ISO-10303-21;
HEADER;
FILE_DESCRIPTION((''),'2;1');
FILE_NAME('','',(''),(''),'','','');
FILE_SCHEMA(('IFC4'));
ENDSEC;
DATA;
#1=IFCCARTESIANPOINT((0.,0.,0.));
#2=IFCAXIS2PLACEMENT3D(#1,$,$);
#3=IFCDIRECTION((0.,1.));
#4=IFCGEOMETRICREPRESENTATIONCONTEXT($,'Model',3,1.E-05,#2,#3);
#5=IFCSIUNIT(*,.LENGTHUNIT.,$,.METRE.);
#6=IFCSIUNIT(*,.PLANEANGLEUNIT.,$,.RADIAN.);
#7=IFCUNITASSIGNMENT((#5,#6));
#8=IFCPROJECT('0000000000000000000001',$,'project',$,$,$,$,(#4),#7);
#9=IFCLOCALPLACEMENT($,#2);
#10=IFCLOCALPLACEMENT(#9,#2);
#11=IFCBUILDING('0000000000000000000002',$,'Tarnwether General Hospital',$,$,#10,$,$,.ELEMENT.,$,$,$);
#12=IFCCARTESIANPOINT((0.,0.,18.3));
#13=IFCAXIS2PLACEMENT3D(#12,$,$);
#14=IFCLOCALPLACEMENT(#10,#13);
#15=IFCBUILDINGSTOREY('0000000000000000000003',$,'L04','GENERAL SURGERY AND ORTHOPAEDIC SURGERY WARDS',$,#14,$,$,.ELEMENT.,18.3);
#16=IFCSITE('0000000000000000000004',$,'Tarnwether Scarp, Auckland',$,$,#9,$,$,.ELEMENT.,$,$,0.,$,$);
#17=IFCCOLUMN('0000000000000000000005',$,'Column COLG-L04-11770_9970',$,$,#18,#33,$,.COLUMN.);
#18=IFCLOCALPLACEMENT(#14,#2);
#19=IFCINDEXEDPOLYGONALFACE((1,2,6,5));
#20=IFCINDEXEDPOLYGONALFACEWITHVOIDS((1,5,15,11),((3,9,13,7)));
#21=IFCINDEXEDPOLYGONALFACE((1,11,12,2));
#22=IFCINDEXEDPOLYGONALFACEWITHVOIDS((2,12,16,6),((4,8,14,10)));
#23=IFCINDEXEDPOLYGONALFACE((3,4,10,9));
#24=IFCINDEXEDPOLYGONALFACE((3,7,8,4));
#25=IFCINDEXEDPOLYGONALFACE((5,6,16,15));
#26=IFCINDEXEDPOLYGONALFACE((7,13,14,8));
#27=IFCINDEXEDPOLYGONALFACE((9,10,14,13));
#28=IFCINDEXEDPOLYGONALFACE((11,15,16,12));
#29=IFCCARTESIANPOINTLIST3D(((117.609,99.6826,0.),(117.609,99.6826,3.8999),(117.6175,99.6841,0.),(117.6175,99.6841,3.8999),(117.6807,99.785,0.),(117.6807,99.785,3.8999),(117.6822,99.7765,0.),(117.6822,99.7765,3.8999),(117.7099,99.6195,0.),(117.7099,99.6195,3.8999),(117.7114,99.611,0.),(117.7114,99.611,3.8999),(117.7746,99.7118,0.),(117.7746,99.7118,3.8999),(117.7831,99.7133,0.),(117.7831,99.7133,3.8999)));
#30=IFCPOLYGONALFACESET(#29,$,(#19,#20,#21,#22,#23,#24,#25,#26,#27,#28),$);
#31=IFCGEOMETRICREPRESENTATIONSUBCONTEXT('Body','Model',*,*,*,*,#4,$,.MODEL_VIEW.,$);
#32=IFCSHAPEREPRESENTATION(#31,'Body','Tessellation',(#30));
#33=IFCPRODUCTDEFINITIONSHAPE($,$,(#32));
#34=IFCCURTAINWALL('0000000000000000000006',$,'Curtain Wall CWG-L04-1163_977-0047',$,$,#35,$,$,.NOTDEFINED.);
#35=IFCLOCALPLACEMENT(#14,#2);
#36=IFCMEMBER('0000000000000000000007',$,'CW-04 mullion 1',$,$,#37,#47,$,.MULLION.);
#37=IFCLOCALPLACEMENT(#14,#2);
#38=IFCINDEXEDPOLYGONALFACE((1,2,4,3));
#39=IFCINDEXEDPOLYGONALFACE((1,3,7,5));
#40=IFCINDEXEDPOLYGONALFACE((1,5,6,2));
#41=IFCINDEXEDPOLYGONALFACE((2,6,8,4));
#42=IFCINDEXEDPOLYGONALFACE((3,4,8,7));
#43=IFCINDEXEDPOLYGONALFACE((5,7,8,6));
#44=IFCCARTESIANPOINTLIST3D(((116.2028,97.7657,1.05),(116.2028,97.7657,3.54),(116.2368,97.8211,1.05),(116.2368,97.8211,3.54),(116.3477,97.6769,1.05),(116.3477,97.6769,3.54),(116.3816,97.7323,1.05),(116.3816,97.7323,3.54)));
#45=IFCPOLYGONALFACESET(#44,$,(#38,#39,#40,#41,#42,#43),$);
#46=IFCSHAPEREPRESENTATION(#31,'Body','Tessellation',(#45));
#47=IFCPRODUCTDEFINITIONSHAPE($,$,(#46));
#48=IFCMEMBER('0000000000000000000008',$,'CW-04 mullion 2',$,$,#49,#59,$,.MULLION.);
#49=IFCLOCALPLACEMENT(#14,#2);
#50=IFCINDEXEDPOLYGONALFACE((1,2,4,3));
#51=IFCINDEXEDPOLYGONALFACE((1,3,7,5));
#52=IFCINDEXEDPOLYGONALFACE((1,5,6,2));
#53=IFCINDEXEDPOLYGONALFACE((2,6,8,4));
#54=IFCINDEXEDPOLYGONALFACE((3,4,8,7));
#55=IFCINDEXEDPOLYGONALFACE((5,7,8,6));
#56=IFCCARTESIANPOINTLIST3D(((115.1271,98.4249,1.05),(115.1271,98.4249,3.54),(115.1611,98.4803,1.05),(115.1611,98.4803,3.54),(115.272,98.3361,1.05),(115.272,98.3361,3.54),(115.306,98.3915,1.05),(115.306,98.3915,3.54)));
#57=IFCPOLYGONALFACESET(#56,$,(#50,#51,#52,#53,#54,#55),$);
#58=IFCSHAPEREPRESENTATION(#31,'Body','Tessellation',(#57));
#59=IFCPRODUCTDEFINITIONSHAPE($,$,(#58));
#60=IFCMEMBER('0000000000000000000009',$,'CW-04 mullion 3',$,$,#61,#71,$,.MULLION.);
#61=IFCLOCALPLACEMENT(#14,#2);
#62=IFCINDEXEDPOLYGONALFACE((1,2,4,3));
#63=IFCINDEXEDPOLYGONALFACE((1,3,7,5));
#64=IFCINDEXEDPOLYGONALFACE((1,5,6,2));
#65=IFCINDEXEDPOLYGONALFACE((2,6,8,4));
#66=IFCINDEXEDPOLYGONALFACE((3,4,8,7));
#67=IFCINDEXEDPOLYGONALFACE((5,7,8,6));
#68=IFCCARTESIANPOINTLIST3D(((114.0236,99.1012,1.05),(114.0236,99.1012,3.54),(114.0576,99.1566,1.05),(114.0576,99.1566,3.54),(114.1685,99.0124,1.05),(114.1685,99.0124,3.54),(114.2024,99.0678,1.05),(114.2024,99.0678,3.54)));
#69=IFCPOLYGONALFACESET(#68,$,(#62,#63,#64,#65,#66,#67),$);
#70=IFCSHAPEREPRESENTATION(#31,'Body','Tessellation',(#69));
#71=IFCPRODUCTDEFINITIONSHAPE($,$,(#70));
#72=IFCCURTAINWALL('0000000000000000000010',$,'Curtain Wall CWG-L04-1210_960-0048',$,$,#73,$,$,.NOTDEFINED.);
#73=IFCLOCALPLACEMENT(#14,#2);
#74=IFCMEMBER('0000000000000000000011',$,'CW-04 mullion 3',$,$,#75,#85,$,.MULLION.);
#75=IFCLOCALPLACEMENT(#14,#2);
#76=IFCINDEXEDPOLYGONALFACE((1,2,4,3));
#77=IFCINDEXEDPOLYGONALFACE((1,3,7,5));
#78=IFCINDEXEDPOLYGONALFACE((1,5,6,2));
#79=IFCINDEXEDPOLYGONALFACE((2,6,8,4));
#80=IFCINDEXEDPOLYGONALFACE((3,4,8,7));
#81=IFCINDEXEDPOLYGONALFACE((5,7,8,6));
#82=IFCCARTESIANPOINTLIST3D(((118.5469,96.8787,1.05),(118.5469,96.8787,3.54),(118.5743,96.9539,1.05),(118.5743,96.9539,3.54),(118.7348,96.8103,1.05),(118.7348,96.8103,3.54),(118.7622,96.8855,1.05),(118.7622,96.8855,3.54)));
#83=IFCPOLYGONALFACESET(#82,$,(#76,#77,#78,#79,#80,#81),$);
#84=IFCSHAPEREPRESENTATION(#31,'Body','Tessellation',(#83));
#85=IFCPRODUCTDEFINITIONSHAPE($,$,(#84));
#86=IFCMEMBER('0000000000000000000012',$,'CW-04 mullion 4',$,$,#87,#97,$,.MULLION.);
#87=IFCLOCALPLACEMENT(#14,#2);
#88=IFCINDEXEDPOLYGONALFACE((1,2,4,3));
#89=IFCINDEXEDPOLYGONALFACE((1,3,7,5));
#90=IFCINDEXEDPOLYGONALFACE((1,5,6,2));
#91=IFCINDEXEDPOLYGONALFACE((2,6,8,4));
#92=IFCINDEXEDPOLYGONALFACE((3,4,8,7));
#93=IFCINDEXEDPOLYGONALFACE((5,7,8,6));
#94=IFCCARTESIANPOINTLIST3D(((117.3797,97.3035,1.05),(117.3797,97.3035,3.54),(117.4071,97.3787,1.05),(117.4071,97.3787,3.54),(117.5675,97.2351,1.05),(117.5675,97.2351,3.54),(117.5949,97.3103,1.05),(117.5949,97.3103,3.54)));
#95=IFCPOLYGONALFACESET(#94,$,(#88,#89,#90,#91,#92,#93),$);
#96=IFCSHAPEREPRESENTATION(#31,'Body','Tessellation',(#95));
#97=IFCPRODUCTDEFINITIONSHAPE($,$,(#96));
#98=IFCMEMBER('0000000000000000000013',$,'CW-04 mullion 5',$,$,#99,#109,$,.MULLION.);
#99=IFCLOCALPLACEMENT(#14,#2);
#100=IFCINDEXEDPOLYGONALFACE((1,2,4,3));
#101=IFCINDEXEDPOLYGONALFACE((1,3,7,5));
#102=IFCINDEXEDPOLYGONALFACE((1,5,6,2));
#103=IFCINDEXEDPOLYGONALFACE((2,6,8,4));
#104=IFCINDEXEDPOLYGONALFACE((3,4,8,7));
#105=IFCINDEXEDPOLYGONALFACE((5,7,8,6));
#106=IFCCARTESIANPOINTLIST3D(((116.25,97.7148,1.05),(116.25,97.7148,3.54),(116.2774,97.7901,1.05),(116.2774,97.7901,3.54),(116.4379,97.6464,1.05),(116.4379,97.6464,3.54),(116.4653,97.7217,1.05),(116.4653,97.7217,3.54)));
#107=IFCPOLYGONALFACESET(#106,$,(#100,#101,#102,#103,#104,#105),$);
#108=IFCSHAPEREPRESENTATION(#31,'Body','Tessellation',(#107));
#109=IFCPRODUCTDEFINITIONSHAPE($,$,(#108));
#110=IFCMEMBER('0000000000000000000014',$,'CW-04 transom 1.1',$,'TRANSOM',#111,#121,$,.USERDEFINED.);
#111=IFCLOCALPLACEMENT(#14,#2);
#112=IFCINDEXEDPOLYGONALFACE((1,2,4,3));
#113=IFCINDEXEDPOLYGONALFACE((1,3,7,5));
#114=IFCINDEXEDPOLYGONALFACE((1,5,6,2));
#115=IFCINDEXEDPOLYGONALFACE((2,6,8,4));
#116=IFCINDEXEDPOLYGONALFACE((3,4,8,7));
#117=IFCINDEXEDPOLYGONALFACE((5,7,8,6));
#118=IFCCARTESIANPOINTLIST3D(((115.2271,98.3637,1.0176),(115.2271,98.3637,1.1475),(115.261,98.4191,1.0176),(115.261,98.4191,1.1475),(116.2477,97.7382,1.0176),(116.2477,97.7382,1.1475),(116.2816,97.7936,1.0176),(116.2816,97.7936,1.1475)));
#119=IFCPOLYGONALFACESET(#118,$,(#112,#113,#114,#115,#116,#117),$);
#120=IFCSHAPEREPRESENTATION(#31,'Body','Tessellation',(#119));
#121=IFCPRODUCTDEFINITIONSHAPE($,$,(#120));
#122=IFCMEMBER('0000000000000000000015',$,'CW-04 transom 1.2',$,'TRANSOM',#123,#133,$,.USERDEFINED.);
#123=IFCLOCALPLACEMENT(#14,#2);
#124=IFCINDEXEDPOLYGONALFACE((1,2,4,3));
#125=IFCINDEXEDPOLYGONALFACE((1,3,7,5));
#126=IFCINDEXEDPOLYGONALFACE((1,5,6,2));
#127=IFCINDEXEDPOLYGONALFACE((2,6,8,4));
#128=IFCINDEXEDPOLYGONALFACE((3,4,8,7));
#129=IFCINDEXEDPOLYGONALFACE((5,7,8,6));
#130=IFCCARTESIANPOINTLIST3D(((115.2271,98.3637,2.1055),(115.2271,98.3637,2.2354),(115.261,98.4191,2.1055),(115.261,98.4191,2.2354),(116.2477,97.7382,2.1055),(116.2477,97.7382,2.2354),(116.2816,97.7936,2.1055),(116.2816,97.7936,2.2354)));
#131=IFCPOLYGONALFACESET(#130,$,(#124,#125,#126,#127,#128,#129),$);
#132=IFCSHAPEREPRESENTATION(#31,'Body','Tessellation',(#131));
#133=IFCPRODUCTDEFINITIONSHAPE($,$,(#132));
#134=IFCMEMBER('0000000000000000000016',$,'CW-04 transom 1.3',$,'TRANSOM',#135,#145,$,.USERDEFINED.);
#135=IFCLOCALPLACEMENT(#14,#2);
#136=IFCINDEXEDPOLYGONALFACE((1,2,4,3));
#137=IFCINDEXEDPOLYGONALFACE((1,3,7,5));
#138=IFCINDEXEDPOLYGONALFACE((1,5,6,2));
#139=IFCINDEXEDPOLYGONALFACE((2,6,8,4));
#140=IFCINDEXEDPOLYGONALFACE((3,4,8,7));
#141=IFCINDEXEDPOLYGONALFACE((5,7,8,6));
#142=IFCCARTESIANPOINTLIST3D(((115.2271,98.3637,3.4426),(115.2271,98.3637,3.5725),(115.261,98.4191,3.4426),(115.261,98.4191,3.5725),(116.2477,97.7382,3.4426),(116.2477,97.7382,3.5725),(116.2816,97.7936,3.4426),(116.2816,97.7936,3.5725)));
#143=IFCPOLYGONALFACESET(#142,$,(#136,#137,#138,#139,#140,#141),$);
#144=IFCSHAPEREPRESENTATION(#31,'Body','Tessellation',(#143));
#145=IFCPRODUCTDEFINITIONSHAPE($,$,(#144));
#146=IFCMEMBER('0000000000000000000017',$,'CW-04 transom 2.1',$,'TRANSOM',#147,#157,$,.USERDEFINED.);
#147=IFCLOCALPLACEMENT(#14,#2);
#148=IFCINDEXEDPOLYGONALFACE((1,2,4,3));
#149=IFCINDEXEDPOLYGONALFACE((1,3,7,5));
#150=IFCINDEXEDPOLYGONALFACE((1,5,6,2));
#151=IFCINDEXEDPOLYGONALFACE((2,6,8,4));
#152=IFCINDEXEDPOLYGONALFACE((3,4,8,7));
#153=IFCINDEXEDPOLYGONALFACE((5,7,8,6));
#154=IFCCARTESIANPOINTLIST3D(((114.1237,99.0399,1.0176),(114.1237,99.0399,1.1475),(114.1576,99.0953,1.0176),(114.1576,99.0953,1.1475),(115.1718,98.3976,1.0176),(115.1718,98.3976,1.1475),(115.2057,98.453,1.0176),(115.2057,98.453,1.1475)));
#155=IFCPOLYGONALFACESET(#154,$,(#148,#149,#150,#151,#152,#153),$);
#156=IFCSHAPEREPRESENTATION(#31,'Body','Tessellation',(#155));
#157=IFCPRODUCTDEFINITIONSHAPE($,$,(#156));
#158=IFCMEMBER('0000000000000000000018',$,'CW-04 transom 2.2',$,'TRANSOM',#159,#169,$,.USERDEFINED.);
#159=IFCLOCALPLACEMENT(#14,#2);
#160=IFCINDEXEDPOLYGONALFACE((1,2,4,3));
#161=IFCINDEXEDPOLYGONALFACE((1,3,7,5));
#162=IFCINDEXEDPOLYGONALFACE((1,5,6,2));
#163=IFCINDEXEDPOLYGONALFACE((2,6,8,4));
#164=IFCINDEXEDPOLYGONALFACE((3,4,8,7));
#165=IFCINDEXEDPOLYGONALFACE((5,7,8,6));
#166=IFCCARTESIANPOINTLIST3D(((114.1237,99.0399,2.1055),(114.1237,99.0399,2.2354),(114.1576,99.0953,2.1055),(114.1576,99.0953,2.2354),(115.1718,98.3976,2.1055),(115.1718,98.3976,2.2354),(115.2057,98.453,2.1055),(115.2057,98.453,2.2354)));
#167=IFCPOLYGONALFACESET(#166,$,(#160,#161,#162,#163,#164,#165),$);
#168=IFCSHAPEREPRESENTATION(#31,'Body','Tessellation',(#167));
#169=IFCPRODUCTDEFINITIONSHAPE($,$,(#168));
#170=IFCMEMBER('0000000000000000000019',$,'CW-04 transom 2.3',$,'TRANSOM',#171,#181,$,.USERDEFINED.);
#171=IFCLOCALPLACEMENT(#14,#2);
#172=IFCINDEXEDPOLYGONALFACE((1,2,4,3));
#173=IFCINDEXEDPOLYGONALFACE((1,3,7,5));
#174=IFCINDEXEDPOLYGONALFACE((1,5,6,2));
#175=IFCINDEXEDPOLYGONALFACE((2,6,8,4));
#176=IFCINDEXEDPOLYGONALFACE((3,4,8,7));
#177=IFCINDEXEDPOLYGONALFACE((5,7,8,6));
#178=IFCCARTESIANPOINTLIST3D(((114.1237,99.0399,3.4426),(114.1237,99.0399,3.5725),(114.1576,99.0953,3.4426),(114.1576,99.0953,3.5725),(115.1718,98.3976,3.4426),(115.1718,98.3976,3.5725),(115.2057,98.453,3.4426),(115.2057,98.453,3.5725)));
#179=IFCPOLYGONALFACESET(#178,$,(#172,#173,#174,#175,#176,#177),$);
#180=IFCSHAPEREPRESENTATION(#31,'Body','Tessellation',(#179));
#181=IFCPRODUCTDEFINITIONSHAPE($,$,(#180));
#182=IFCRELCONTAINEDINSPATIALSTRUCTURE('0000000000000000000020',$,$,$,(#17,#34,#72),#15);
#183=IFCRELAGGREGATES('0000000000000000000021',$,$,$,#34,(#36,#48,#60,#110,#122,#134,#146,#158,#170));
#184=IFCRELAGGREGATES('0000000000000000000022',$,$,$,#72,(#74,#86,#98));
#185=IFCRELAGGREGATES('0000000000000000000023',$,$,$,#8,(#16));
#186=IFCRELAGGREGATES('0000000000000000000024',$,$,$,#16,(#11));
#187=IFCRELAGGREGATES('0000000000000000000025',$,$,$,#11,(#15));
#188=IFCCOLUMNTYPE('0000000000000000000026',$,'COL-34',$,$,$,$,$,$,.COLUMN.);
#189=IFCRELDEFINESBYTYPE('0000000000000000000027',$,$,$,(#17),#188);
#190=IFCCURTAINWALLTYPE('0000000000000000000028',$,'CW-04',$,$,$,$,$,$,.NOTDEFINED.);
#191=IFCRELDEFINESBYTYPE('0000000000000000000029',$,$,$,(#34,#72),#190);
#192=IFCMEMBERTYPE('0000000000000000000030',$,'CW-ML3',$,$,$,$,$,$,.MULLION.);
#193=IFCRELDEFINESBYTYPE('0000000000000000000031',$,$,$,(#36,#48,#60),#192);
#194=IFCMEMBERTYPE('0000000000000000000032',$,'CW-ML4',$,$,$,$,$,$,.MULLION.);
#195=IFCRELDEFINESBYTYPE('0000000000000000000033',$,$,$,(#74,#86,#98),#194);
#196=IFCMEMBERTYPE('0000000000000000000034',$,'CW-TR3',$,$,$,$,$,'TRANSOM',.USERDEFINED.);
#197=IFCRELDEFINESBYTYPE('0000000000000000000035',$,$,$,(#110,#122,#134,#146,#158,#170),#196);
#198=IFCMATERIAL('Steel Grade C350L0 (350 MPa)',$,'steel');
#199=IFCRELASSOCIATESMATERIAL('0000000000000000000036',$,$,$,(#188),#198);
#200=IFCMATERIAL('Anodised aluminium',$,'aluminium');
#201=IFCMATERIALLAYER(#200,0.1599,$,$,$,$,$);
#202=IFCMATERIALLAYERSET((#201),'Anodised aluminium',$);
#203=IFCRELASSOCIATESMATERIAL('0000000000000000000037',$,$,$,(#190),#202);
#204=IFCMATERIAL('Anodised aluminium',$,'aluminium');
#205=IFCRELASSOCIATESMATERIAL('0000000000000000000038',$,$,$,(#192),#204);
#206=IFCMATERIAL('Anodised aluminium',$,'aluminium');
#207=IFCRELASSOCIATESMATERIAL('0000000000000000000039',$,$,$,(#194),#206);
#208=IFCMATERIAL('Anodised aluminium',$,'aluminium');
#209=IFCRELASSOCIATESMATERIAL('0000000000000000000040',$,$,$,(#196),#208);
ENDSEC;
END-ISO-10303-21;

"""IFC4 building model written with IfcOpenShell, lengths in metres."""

from ifc_helpers import new_model, si_unit, direction, frame, origin, origin_2d, place, context, subcontext, project, spatial, rectangle, hollow_rectangle, extrude, material, layer, layer_set, material_profile, profile_set, type_object, element, aggregate, save


model = new_model("IFC4")

# Units and contexts
model_context = context("Model", 3, precision=1e-05, world=origin(), true_north=direction((0.0, 1.0)))
body_context = subcontext(model_context, "Body", "Model", "MODEL_VIEW")
ifc_project = project(units=[si_unit("LENGTHUNIT", "METRE"), si_unit("PLANEANGLEUNIT", "RADIAN")], contexts=[model_context])

# Site, building, storey
site_placement = place(None, origin())
site = spatial("IfcSite", under=ifc_project, at=site_placement, Name="Tarnwether Scarp, Auckland", CompositionType="ELEMENT", RefElevation=0.0)
building_placement = place(site_placement, origin())
building = spatial("IfcBuilding", under=site, at=building_placement, Name="Tarnwether General Hospital", CompositionType="ELEMENT")
storey_placement = place(building_placement, frame((0.0, 0.0, 18.3)))
storey = spatial("IfcBuildingStorey", under=building, at=storey_placement, Name="L04", Description="GENERAL SURGERY AND ORTHOPAEDIC SURGERY WARDS", CompositionType="ELEMENT", Elevation=18.3)

# Column
ifc_material_1 = material(Name="Steel Grade C350L0 (350 MPa)", Category="steel")
ifc_material_profile_1 = material_profile(ifc_material_1, hollow_rectangle(XDim=0.125, YDim=0.125, WallThickness=0.0061, at=origin_2d()), Name="SHS125x125x6")
ifc_profile_set_1 = profile_set([ifc_material_profile_1], Name="Steel Grade C350L0 (350 MPa)")
column_type = type_object("IfcColumnType", Name="COL-34", PredefinedType="COLUMN", material=ifc_profile_set_1)
column_placement = place(storey_placement, frame((117.696, 99.698, 0.0), z_axis=(0.0, 0.0, 1.0), x_axis=(0.573576, 0.819152, 0.0)))
element("IfcColumn", 1, at=column_placement, inside=storey, type_object=column_type, Name="Column COLG-L04-11770_9970", PredefinedType="COLUMN", context=body_context, shape_type="SweptSolid", body=[
    extrude(hollow_rectangle(XDim=0.125, YDim=0.125, WallThickness=0.0061, at=origin_2d()), origin(), (0.0, 0.0, 1.0), 3.8999),
])

# Curtain walls, members
ifc_material_2 = material(Name="Anodised aluminium", Category="aluminium")
ifc_layer_1 = layer(ifc_material_2, 0.1599)
ifc_layer_set_1 = layer_set([ifc_layer_1], Name="Anodised aluminium")
curtain_wall_type = type_object("IfcCurtainWallType", Name="CW-04", PredefinedType="NOTDEFINED", material=ifc_layer_set_1)
curtain_wall_1_placement = place(storey_placement, origin())
curtain_wall_1 = element("IfcCurtainWall", 2, at=curtain_wall_1_placement, inside=storey, type_object=curtain_wall_type, Name="Curtain Wall CWG-L04-1163_977-0047", PredefinedType="NOTDEFINED")
ifc_material_3 = material(Name="Anodised aluminium", Category="aluminium")
ifc_material_profile_2 = material_profile(ifc_material_3, rectangle(XDim=0.0649, YDim=0.1699, at=origin_2d()), Name="ALU-MUL-65x170")
ifc_profile_set_2 = profile_set([ifc_material_profile_2], Name="Anodised aluminium")
member_type_1 = type_object("IfcMemberType", Name="CW-ML3", PredefinedType="MULLION", material=ifc_profile_set_2)
member_1_placement = place(storey_placement, frame((116.2922, 97.749, 1.05), z_axis=(0.0, 0.0, 1.0), x_axis=(-0.522512, -0.852632, 0.0)))
member_1 = element("IfcMember", 3, at=member_1_placement, type_object=member_type_1, Name="CW-04 mullion 1", PredefinedType="MULLION", context=body_context, shape_type="SweptSolid", body=[
    extrude(rectangle(XDim=0.0649, YDim=0.1699, at=origin_2d()), origin(), (0.0, 0.0, 1.0), 2.49),
])
member_2_placement = place(storey_placement, frame((115.2166, 98.4082, 1.05), z_axis=(0.0, 0.0, 1.0), x_axis=(-0.522512, -0.852632, 0.0)))
member_2 = element("IfcMember", 4, at=member_2_placement, type_object=member_type_1, Name="CW-04 mullion 2", PredefinedType="MULLION", context=body_context, shape_type="SweptSolid", body=[
    extrude(rectangle(XDim=0.0649, YDim=0.1699, at=origin_2d()), origin(), (0.0, 0.0, 1.0), 2.49),
])
member_3_placement = place(storey_placement, frame((114.113, 99.0845, 1.05), z_axis=(0.0, 0.0, 1.0), x_axis=(-0.522512, -0.852632, 0.0)))
member_3 = element("IfcMember", 5, at=member_3_placement, type_object=member_type_1, Name="CW-04 mullion 3", PredefinedType="MULLION", context=body_context, shape_type="SweptSolid", body=[
    extrude(rectangle(XDim=0.0649, YDim=0.1699, at=origin_2d()), origin(), (0.0, 0.0, 1.0), 2.49),
])
curtain_wall_2_placement = place(storey_placement, origin())
curtain_wall_2 = element("IfcCurtainWall", 6, at=curtain_wall_2_placement, inside=storey, type_object=curtain_wall_type, Name="Curtain Wall CWG-L04-1210_960-0048", PredefinedType="NOTDEFINED")
ifc_material_4 = material(Name="Anodised aluminium", Category="aluminium")
ifc_material_profile_3 = material_profile(ifc_material_4, rectangle(XDim=0.0801, YDim=0.2, at=origin_2d()), Name="ALU-MUL-80x200")
ifc_profile_set_3 = profile_set([ifc_material_profile_3], Name="Anodised aluminium")
member_type_2 = type_object("IfcMemberType", Name="CW-ML4", PredefinedType="MULLION", material=ifc_profile_set_3)
member_4_placement = place(storey_placement, frame((118.6545, 96.8821, 1.05), z_axis=(0.0, 0.0, 1.0), x_axis=(-0.342131, -0.939652, 0.0)))
member_4 = element("IfcMember", 7, at=member_4_placement, type_object=member_type_2, Name="CW-04 mullion 3", PredefinedType="MULLION", context=body_context, shape_type="SweptSolid", body=[
    extrude(rectangle(XDim=0.0801, YDim=0.2, at=origin_2d()), origin(), (0.0, 0.0, 1.0), 2.49),
])
member_5_placement = place(storey_placement, frame((117.4873, 97.3069, 1.05), z_axis=(0.0, 0.0, 1.0), x_axis=(-0.342131, -0.939652, 0.0)))
member_5 = element("IfcMember", 8, at=member_5_placement, type_object=member_type_2, Name="CW-04 mullion 4", PredefinedType="MULLION", context=body_context, shape_type="SweptSolid", body=[
    extrude(rectangle(XDim=0.0801, YDim=0.2, at=origin_2d()), origin(), (0.0, 0.0, 1.0), 2.49),
])
member_6_placement = place(storey_placement, frame((116.3577, 97.7183, 1.05), z_axis=(0.0, 0.0, 1.0), x_axis=(-0.342131, -0.939652, 0.0)))
member_6 = element("IfcMember", 9, at=member_6_placement, type_object=member_type_2, Name="CW-04 mullion 5", PredefinedType="MULLION", context=body_context, shape_type="SweptSolid", body=[
    extrude(rectangle(XDim=0.0801, YDim=0.2, at=origin_2d()), origin(), (0.0, 0.0, 1.0), 2.49),
])

# Members
ifc_material_5 = material(Name="Anodised aluminium", Category="aluminium")
ifc_material_profile_4 = material_profile(ifc_material_5, rectangle(XDim=0.0649, YDim=0.1299, at=origin_2d()), Name="ALU-TRN-65x130")
ifc_profile_set_4 = profile_set([ifc_material_profile_4], Name="Anodised aluminium")
member_type_3 = type_object("IfcMemberType", Name="CW-TR3", ElementType="TRANSOM", PredefinedType="USERDEFINED", material=ifc_profile_set_4)
member_7_placement = place(storey_placement, frame((116.2646, 97.7659, 1.0825), z_axis=(-0.852595, 0.522572, 0.0), x_axis=(-0.522572, -0.852595, 0.0)))
member_7 = element("IfcMember", 10, at=member_7_placement, type_object=member_type_3, Name="CW-04 transom 1.1", ObjectType="TRANSOM", PredefinedType="USERDEFINED", context=body_context, shape_type="SweptSolid", body=[
    extrude(rectangle(XDim=0.0649, YDim=0.1299, at=origin_2d()), origin(), (0.0, 0.0, 1.0), 1.197),
])
member_8_placement = place(storey_placement, frame((116.2646, 97.7659, 2.1704), z_axis=(-0.852595, 0.522572, 0.0), x_axis=(-0.522572, -0.852595, 0.0)))
member_8 = element("IfcMember", 11, at=member_8_placement, type_object=member_type_3, Name="CW-04 transom 1.2", ObjectType="TRANSOM", PredefinedType="USERDEFINED", context=body_context, shape_type="SweptSolid", body=[
    extrude(rectangle(XDim=0.0649, YDim=0.1299, at=origin_2d()), origin(), (0.0, 0.0, 1.0), 1.197),
])
member_9_placement = place(storey_placement, frame((116.2646, 97.7659, 3.5076), z_axis=(-0.852595, 0.522572, 0.0), x_axis=(-0.522572, -0.852595, 0.0)))
member_9 = element("IfcMember", 12, at=member_9_placement, type_object=member_type_3, Name="CW-04 transom 1.3", ObjectType="TRANSOM", PredefinedType="USERDEFINED", context=body_context, shape_type="SweptSolid", body=[
    extrude(rectangle(XDim=0.0649, YDim=0.1299, at=origin_2d()), origin(), (0.0, 0.0, 1.0), 1.197),
])
member_10_placement = place(storey_placement, frame((115.1887, 98.4253, 1.0825), z_axis=(-0.852618, 0.522534, 0.0), x_axis=(-0.522534, -0.852618, 0.0)))
member_10 = element("IfcMember", 13, at=member_10_placement, type_object=member_type_3, Name="CW-04 transom 2.1", ObjectType="TRANSOM", PredefinedType="USERDEFINED", context=body_context, shape_type="SweptSolid", body=[
    extrude(rectangle(XDim=0.0649, YDim=0.1299, at=origin_2d()), origin(), (0.0, 0.0, 1.0), 1.2292),
])
member_11_placement = place(storey_placement, frame((115.1887, 98.4253, 2.1704), z_axis=(-0.852618, 0.522534, 0.0), x_axis=(-0.522534, -0.852618, 0.0)))
member_11 = element("IfcMember", 14, at=member_11_placement, type_object=member_type_3, Name="CW-04 transom 2.2", ObjectType="TRANSOM", PredefinedType="USERDEFINED", context=body_context, shape_type="SweptSolid", body=[
    extrude(rectangle(XDim=0.0649, YDim=0.1299, at=origin_2d()), origin(), (0.0, 0.0, 1.0), 1.2292),
])
member_12_placement = place(storey_placement, frame((115.1887, 98.4253, 3.5076), z_axis=(-0.852618, 0.522534, 0.0), x_axis=(-0.522534, -0.852618, 0.0)))
member_12 = element("IfcMember", 15, at=member_12_placement, type_object=member_type_3, Name="CW-04 transom 2.3", ObjectType="TRANSOM", PredefinedType="USERDEFINED", context=body_context, shape_type="SweptSolid", body=[
    extrude(rectangle(XDim=0.0649, YDim=0.1299, at=origin_2d()), origin(), (0.0, 0.0, 1.0), 1.2292),
])

aggregate(curtain_wall_1, [member_1, member_2, member_3, member_7, member_8, member_9, member_10, member_11, member_12])
aggregate(curtain_wall_2, [member_4, member_5, member_6])

save(model, "model.ifc")
